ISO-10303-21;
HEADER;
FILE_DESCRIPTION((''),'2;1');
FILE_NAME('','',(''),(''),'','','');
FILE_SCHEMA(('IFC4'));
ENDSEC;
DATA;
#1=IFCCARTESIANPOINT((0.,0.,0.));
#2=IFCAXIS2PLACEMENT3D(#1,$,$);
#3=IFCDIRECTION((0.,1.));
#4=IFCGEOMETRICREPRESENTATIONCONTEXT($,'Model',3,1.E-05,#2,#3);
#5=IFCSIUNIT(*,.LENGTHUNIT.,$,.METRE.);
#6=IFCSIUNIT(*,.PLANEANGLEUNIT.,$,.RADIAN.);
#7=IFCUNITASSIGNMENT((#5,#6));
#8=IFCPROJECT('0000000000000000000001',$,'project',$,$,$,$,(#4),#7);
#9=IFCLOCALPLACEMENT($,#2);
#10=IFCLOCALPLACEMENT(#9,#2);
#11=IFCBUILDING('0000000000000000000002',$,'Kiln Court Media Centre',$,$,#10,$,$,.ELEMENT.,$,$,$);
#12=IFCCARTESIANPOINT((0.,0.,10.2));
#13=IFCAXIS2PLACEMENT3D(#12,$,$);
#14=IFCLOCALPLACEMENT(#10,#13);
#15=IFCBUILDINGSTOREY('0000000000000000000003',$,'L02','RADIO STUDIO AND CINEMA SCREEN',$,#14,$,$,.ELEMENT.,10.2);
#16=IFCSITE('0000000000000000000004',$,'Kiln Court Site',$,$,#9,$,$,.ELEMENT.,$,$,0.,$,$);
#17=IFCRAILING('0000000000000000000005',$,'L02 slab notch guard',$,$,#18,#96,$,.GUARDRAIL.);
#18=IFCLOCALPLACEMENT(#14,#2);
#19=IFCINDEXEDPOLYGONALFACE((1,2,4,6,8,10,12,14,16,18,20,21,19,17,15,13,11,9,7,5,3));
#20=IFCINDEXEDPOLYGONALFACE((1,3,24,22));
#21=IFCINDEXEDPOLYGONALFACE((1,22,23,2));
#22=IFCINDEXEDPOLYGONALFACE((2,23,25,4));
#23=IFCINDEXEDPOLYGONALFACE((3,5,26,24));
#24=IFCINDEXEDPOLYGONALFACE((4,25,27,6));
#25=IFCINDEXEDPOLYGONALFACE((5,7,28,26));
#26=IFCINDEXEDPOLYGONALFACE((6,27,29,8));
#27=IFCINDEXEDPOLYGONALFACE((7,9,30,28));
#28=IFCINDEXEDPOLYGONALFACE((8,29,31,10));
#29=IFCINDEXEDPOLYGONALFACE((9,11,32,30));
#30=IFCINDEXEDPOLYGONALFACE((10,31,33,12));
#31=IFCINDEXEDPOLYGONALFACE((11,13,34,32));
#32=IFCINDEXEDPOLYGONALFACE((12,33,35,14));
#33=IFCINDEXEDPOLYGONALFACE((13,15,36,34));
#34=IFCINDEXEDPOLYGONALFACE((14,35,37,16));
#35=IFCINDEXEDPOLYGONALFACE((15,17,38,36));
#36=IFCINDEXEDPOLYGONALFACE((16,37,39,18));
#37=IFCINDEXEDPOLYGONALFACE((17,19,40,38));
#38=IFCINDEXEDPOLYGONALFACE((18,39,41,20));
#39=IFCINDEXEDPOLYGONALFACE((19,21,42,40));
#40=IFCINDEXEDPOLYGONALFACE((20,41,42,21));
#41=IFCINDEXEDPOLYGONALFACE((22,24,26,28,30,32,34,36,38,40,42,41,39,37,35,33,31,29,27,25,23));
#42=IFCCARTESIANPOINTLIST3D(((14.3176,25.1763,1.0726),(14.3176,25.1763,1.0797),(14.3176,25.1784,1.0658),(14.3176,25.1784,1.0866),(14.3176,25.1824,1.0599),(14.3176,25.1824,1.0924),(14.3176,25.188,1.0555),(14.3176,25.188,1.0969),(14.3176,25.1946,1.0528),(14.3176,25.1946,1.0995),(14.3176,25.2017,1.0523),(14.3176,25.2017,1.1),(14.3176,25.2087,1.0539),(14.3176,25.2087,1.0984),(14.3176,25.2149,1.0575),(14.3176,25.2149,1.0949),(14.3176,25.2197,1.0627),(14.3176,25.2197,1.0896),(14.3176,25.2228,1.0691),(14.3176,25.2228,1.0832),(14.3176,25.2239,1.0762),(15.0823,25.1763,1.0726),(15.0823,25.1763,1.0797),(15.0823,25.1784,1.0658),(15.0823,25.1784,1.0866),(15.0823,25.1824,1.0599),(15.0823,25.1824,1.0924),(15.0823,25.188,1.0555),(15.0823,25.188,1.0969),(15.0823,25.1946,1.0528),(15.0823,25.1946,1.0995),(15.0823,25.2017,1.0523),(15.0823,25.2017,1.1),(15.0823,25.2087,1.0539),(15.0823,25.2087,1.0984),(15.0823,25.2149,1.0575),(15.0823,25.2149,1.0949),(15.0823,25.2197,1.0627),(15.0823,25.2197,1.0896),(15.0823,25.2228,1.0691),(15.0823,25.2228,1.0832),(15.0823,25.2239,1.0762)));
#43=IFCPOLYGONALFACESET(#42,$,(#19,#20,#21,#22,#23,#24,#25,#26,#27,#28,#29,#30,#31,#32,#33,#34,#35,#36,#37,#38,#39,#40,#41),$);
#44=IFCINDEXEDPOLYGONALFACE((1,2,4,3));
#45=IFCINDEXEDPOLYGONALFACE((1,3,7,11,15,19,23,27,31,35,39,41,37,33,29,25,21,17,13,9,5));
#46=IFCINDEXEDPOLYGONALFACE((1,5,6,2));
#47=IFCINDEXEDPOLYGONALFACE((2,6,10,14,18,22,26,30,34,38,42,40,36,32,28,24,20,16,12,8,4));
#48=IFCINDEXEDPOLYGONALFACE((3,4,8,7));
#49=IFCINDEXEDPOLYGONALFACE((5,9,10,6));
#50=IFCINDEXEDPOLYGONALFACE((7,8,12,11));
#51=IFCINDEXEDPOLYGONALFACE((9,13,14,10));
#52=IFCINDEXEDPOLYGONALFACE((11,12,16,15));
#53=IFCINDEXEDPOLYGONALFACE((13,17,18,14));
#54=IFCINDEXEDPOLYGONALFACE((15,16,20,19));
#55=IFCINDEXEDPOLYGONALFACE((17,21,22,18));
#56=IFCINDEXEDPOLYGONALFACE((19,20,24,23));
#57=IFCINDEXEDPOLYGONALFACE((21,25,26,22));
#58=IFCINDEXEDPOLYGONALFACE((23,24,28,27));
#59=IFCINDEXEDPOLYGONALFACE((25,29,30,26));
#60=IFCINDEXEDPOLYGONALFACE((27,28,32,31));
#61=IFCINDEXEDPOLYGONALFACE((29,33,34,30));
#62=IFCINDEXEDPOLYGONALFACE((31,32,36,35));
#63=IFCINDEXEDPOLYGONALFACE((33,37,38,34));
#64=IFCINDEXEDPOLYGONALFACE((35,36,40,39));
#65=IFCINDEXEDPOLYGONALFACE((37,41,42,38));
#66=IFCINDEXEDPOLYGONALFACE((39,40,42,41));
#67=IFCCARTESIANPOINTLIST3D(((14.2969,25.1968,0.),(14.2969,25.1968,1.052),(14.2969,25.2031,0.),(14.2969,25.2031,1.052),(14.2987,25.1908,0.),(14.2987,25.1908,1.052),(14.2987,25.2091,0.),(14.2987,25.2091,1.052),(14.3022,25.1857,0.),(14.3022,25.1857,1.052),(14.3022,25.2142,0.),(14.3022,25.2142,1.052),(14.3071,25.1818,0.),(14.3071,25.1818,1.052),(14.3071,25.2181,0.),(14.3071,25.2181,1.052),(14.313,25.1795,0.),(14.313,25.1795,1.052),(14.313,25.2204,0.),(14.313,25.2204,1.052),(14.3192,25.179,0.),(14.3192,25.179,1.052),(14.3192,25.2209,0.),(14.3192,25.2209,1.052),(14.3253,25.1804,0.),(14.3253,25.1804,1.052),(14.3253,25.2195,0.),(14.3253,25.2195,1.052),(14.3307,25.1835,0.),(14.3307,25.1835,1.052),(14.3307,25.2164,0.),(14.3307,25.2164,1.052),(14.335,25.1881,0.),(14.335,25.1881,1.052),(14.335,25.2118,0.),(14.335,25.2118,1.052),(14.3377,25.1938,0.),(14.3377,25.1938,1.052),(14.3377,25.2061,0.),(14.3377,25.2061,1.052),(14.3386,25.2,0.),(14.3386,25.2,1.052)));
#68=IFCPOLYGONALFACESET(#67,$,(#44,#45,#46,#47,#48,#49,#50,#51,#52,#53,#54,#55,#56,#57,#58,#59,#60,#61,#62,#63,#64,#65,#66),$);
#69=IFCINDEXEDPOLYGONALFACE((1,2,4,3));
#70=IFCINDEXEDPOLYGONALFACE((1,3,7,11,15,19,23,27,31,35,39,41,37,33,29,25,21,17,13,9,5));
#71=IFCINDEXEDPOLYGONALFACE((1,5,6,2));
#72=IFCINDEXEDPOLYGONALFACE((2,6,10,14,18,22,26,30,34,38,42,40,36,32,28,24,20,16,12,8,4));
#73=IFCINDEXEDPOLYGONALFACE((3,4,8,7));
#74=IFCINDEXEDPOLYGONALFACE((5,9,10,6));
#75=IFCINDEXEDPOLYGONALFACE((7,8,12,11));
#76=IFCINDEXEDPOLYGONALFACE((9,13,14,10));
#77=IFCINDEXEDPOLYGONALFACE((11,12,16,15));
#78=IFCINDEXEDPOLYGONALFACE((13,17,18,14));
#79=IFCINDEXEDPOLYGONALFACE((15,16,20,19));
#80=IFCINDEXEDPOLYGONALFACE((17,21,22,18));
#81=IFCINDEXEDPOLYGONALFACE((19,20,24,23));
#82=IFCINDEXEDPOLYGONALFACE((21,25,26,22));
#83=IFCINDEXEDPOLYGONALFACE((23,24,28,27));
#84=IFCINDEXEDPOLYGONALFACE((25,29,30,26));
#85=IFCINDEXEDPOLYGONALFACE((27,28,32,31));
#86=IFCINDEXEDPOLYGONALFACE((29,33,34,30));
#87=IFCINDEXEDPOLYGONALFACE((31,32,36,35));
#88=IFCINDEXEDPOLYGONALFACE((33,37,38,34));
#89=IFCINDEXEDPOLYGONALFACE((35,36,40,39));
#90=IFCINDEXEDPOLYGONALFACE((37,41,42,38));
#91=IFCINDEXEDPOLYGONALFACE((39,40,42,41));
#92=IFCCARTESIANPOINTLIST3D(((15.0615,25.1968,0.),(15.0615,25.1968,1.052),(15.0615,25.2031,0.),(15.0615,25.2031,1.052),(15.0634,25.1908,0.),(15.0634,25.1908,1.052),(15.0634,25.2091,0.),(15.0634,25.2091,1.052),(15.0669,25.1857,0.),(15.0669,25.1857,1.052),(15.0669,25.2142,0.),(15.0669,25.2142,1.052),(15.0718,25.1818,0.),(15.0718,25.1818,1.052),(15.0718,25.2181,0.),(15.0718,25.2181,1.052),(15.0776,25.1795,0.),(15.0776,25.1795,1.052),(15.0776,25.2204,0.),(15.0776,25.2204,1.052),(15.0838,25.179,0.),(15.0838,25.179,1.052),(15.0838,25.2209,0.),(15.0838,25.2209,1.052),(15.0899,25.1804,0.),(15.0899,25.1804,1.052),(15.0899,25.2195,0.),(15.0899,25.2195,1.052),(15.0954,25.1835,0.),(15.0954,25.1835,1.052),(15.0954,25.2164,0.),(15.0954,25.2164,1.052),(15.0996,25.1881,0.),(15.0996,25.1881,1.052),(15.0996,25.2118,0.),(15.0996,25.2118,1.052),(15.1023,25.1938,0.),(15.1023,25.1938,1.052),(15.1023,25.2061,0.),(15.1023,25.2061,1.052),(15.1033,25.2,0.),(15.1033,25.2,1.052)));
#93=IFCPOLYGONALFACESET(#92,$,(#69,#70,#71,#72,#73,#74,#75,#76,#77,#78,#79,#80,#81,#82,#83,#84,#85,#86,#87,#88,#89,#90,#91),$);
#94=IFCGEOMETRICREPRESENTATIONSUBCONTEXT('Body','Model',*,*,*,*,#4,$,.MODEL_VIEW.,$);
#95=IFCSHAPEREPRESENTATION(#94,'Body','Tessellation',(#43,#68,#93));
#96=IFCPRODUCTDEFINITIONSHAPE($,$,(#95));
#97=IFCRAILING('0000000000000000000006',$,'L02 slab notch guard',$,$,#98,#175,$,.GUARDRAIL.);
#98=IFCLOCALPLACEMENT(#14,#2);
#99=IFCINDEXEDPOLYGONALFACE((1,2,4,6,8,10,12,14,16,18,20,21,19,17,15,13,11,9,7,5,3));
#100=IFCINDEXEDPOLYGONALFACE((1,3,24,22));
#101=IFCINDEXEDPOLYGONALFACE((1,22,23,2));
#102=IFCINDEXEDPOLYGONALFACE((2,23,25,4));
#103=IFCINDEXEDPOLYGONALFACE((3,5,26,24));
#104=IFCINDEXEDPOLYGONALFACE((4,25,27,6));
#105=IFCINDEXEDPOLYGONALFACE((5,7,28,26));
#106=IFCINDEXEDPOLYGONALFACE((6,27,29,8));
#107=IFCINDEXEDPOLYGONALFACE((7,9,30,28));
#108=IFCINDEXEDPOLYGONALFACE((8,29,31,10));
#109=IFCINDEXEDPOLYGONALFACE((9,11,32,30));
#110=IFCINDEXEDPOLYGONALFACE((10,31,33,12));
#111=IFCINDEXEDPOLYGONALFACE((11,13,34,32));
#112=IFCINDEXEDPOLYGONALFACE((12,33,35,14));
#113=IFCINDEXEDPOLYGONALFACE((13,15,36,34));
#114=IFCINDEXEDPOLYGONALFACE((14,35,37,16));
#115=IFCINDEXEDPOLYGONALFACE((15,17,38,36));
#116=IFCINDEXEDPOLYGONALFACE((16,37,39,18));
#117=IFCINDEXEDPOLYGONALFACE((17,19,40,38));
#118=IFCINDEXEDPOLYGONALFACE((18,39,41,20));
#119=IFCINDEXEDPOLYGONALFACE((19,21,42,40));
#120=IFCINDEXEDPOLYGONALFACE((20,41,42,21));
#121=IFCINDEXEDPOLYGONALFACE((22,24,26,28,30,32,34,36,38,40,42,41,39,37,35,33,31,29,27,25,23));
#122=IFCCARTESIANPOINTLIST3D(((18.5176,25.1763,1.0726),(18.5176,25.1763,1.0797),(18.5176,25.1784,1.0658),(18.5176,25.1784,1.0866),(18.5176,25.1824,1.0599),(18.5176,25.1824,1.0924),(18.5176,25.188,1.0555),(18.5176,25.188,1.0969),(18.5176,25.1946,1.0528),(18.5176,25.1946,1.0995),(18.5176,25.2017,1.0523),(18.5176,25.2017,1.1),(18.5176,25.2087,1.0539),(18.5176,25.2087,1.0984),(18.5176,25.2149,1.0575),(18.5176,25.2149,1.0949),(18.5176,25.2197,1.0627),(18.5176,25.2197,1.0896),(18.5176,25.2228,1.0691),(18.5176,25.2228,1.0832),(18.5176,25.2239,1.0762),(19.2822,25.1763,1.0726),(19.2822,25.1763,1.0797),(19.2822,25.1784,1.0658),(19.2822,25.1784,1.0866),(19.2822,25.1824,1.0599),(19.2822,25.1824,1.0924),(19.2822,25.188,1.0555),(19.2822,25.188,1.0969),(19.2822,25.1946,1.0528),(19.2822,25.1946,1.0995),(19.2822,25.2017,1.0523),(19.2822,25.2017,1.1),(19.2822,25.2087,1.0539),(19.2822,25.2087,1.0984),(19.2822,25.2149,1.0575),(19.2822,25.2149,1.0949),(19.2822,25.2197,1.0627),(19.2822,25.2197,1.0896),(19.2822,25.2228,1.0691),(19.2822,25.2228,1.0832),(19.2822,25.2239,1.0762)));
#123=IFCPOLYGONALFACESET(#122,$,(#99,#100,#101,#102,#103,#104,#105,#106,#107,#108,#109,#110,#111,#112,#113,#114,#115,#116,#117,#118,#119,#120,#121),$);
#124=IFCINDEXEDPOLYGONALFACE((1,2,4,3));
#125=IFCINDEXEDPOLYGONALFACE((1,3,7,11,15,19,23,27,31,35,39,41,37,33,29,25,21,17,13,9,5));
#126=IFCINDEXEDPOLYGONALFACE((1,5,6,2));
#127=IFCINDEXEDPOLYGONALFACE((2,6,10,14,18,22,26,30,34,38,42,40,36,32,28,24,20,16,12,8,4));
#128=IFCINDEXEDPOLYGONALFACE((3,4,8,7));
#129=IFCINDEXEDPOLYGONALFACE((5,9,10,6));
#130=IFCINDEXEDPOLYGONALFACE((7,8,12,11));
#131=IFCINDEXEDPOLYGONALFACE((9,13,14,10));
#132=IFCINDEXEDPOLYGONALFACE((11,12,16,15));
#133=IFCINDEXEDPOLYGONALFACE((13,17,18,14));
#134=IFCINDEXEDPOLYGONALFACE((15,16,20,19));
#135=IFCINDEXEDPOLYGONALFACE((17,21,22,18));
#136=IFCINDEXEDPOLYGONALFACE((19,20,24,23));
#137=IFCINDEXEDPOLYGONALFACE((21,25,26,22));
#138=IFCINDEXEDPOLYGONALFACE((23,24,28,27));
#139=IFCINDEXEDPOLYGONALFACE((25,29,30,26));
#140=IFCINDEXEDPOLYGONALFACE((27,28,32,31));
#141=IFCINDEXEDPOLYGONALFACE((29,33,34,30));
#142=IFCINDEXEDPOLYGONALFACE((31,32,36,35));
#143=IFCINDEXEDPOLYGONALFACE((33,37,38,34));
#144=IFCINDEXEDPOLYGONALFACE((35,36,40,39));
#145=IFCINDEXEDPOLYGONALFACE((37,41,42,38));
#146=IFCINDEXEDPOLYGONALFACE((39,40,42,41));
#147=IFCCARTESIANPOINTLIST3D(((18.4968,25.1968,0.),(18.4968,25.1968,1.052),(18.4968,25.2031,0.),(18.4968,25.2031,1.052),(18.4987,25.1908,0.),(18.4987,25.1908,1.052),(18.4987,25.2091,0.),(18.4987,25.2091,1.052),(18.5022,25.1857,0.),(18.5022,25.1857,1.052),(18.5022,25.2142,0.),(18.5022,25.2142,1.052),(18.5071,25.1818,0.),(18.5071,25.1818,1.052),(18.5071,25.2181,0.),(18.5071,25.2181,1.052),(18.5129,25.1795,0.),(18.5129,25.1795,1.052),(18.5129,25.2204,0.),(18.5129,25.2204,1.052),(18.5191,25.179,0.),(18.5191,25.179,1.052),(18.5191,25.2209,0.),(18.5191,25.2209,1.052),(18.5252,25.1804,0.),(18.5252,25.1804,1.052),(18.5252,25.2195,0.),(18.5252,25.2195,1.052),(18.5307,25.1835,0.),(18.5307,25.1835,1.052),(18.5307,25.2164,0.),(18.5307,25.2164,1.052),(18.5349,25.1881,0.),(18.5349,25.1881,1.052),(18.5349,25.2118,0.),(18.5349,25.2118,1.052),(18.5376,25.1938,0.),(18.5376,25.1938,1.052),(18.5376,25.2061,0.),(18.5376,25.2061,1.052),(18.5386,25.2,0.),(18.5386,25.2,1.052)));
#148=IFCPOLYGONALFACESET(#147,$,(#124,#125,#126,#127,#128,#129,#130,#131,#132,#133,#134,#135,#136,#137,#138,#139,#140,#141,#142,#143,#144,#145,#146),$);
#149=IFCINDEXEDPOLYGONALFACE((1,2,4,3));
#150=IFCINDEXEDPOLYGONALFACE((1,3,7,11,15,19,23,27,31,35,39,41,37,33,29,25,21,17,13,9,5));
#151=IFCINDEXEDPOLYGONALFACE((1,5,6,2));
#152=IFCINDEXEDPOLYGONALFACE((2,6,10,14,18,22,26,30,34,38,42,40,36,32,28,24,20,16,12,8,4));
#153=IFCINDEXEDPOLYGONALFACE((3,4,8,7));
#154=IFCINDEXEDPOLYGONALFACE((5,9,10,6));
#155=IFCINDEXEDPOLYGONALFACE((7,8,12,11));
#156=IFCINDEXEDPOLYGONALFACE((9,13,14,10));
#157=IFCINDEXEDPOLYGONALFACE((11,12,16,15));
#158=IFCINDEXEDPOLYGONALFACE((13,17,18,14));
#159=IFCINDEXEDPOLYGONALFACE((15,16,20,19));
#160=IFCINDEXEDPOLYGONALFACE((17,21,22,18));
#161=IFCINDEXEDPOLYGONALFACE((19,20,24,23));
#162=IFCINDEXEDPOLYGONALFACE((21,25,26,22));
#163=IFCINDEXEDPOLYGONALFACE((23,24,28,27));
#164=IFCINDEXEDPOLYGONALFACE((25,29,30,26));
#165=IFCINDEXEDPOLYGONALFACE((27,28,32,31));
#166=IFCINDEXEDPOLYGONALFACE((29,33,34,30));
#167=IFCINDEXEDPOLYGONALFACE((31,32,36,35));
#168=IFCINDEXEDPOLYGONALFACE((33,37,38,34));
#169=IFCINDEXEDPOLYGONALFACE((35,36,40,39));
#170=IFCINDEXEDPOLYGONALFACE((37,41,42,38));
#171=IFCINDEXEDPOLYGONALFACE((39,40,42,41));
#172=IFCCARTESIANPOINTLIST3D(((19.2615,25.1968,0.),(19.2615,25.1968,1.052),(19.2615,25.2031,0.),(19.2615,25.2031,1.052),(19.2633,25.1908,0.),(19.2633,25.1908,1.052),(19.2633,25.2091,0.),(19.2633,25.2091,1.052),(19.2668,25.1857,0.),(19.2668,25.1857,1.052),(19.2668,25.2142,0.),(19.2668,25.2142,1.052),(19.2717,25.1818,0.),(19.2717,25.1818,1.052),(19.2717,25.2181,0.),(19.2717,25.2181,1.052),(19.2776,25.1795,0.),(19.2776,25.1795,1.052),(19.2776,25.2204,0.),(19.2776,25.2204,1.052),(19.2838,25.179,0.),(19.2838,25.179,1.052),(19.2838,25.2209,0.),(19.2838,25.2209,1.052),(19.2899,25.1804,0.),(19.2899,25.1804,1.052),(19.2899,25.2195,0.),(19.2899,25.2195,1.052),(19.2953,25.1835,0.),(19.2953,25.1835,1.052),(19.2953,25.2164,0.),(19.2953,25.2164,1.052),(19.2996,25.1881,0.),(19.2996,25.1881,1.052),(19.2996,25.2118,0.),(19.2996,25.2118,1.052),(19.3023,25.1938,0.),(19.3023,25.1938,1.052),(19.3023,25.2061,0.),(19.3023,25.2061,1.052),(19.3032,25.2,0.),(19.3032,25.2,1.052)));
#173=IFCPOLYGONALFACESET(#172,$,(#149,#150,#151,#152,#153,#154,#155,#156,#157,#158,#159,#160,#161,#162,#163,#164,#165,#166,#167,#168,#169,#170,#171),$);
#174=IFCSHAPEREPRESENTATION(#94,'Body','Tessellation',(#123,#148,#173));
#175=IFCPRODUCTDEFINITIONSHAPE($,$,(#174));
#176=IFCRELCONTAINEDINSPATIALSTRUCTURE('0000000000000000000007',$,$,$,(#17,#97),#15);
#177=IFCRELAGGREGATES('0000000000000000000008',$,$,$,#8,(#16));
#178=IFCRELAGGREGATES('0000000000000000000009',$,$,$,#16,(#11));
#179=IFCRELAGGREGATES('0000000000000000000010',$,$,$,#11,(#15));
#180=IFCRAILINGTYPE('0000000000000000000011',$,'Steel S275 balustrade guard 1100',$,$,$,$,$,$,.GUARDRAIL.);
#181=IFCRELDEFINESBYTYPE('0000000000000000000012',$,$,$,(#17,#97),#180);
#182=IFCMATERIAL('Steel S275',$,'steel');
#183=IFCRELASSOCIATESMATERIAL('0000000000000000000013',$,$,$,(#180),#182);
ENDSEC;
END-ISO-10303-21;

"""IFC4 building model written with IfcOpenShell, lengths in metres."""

from ifc_helpers import new_model, si_unit, direction, frame, origin, origin_2d, place, context, subcontext, project, spatial, circle, extrude, material, type_object, element, save


model = new_model("IFC4")

# Units and contexts
model_context = context("Model", 3, precision=1e-05, world=origin(), true_north=direction((0.0, 1.0)))
body_context = subcontext(model_context, "Body", "Model", "MODEL_VIEW")
ifc_project = project(units=[si_unit("LENGTHUNIT", "METRE"), si_unit("PLANEANGLEUNIT", "RADIAN")], contexts=[model_context])

# Site, building, storey
site_placement = place(None, origin())
site = spatial("IfcSite", under=ifc_project, at=site_placement, Name="Kiln Court Site", CompositionType="ELEMENT", RefElevation=0.0)
building_placement = place(site_placement, origin())
building = spatial("IfcBuilding", under=site, at=building_placement, Name="Kiln Court Media Centre", CompositionType="ELEMENT")
storey_placement = place(building_placement, frame((0.0, 0.0, 10.2)))
storey = spatial("IfcBuildingStorey", under=building, at=storey_placement, Name="L02", Description="RADIO STUDIO AND CINEMA SCREEN", CompositionType="ELEMENT", Elevation=10.2)

# Railings
ifc_material_1 = material(Name="Steel S275", Category="steel")
railing_type = type_object("IfcRailingType", Name="Steel S275 balustrade guard 1100", PredefinedType="GUARDRAIL", material=ifc_material_1)
for number, where, name in (
    (1, (14.3176, 25.2, 0.0), "L02 slab notch guard"),
    (2, (18.5176, 25.2, 0.0), "L02 slab notch guard"),
):
    element("IfcRailing", number, at=place(storey_placement, frame(where)), inside=storey, type_object=railing_type, Name=name, PredefinedType="GUARDRAIL", context=body_context, shape_type="SweptSolid", body=[
        extrude(circle(Radius=0.0239, at=origin_2d()), frame((0.0, 0.0, 1.0762), z_axis=(1.0, 0.0, 0.0), x_axis=(0.0, 1.0, 0.0)), (0.0, 0.0, 1.0), 0.7646),
        extrude(circle(Radius=0.021, at=origin_2d()), origin(), (0.0, 0.0, 1.0), 1.052),
        extrude(circle(Radius=0.021, at=origin_2d()), frame((0.7646, 0.0, 0.0)), (0.0, 0.0, 1.0), 1.052),
    ])

save(model, "model.ifc")
